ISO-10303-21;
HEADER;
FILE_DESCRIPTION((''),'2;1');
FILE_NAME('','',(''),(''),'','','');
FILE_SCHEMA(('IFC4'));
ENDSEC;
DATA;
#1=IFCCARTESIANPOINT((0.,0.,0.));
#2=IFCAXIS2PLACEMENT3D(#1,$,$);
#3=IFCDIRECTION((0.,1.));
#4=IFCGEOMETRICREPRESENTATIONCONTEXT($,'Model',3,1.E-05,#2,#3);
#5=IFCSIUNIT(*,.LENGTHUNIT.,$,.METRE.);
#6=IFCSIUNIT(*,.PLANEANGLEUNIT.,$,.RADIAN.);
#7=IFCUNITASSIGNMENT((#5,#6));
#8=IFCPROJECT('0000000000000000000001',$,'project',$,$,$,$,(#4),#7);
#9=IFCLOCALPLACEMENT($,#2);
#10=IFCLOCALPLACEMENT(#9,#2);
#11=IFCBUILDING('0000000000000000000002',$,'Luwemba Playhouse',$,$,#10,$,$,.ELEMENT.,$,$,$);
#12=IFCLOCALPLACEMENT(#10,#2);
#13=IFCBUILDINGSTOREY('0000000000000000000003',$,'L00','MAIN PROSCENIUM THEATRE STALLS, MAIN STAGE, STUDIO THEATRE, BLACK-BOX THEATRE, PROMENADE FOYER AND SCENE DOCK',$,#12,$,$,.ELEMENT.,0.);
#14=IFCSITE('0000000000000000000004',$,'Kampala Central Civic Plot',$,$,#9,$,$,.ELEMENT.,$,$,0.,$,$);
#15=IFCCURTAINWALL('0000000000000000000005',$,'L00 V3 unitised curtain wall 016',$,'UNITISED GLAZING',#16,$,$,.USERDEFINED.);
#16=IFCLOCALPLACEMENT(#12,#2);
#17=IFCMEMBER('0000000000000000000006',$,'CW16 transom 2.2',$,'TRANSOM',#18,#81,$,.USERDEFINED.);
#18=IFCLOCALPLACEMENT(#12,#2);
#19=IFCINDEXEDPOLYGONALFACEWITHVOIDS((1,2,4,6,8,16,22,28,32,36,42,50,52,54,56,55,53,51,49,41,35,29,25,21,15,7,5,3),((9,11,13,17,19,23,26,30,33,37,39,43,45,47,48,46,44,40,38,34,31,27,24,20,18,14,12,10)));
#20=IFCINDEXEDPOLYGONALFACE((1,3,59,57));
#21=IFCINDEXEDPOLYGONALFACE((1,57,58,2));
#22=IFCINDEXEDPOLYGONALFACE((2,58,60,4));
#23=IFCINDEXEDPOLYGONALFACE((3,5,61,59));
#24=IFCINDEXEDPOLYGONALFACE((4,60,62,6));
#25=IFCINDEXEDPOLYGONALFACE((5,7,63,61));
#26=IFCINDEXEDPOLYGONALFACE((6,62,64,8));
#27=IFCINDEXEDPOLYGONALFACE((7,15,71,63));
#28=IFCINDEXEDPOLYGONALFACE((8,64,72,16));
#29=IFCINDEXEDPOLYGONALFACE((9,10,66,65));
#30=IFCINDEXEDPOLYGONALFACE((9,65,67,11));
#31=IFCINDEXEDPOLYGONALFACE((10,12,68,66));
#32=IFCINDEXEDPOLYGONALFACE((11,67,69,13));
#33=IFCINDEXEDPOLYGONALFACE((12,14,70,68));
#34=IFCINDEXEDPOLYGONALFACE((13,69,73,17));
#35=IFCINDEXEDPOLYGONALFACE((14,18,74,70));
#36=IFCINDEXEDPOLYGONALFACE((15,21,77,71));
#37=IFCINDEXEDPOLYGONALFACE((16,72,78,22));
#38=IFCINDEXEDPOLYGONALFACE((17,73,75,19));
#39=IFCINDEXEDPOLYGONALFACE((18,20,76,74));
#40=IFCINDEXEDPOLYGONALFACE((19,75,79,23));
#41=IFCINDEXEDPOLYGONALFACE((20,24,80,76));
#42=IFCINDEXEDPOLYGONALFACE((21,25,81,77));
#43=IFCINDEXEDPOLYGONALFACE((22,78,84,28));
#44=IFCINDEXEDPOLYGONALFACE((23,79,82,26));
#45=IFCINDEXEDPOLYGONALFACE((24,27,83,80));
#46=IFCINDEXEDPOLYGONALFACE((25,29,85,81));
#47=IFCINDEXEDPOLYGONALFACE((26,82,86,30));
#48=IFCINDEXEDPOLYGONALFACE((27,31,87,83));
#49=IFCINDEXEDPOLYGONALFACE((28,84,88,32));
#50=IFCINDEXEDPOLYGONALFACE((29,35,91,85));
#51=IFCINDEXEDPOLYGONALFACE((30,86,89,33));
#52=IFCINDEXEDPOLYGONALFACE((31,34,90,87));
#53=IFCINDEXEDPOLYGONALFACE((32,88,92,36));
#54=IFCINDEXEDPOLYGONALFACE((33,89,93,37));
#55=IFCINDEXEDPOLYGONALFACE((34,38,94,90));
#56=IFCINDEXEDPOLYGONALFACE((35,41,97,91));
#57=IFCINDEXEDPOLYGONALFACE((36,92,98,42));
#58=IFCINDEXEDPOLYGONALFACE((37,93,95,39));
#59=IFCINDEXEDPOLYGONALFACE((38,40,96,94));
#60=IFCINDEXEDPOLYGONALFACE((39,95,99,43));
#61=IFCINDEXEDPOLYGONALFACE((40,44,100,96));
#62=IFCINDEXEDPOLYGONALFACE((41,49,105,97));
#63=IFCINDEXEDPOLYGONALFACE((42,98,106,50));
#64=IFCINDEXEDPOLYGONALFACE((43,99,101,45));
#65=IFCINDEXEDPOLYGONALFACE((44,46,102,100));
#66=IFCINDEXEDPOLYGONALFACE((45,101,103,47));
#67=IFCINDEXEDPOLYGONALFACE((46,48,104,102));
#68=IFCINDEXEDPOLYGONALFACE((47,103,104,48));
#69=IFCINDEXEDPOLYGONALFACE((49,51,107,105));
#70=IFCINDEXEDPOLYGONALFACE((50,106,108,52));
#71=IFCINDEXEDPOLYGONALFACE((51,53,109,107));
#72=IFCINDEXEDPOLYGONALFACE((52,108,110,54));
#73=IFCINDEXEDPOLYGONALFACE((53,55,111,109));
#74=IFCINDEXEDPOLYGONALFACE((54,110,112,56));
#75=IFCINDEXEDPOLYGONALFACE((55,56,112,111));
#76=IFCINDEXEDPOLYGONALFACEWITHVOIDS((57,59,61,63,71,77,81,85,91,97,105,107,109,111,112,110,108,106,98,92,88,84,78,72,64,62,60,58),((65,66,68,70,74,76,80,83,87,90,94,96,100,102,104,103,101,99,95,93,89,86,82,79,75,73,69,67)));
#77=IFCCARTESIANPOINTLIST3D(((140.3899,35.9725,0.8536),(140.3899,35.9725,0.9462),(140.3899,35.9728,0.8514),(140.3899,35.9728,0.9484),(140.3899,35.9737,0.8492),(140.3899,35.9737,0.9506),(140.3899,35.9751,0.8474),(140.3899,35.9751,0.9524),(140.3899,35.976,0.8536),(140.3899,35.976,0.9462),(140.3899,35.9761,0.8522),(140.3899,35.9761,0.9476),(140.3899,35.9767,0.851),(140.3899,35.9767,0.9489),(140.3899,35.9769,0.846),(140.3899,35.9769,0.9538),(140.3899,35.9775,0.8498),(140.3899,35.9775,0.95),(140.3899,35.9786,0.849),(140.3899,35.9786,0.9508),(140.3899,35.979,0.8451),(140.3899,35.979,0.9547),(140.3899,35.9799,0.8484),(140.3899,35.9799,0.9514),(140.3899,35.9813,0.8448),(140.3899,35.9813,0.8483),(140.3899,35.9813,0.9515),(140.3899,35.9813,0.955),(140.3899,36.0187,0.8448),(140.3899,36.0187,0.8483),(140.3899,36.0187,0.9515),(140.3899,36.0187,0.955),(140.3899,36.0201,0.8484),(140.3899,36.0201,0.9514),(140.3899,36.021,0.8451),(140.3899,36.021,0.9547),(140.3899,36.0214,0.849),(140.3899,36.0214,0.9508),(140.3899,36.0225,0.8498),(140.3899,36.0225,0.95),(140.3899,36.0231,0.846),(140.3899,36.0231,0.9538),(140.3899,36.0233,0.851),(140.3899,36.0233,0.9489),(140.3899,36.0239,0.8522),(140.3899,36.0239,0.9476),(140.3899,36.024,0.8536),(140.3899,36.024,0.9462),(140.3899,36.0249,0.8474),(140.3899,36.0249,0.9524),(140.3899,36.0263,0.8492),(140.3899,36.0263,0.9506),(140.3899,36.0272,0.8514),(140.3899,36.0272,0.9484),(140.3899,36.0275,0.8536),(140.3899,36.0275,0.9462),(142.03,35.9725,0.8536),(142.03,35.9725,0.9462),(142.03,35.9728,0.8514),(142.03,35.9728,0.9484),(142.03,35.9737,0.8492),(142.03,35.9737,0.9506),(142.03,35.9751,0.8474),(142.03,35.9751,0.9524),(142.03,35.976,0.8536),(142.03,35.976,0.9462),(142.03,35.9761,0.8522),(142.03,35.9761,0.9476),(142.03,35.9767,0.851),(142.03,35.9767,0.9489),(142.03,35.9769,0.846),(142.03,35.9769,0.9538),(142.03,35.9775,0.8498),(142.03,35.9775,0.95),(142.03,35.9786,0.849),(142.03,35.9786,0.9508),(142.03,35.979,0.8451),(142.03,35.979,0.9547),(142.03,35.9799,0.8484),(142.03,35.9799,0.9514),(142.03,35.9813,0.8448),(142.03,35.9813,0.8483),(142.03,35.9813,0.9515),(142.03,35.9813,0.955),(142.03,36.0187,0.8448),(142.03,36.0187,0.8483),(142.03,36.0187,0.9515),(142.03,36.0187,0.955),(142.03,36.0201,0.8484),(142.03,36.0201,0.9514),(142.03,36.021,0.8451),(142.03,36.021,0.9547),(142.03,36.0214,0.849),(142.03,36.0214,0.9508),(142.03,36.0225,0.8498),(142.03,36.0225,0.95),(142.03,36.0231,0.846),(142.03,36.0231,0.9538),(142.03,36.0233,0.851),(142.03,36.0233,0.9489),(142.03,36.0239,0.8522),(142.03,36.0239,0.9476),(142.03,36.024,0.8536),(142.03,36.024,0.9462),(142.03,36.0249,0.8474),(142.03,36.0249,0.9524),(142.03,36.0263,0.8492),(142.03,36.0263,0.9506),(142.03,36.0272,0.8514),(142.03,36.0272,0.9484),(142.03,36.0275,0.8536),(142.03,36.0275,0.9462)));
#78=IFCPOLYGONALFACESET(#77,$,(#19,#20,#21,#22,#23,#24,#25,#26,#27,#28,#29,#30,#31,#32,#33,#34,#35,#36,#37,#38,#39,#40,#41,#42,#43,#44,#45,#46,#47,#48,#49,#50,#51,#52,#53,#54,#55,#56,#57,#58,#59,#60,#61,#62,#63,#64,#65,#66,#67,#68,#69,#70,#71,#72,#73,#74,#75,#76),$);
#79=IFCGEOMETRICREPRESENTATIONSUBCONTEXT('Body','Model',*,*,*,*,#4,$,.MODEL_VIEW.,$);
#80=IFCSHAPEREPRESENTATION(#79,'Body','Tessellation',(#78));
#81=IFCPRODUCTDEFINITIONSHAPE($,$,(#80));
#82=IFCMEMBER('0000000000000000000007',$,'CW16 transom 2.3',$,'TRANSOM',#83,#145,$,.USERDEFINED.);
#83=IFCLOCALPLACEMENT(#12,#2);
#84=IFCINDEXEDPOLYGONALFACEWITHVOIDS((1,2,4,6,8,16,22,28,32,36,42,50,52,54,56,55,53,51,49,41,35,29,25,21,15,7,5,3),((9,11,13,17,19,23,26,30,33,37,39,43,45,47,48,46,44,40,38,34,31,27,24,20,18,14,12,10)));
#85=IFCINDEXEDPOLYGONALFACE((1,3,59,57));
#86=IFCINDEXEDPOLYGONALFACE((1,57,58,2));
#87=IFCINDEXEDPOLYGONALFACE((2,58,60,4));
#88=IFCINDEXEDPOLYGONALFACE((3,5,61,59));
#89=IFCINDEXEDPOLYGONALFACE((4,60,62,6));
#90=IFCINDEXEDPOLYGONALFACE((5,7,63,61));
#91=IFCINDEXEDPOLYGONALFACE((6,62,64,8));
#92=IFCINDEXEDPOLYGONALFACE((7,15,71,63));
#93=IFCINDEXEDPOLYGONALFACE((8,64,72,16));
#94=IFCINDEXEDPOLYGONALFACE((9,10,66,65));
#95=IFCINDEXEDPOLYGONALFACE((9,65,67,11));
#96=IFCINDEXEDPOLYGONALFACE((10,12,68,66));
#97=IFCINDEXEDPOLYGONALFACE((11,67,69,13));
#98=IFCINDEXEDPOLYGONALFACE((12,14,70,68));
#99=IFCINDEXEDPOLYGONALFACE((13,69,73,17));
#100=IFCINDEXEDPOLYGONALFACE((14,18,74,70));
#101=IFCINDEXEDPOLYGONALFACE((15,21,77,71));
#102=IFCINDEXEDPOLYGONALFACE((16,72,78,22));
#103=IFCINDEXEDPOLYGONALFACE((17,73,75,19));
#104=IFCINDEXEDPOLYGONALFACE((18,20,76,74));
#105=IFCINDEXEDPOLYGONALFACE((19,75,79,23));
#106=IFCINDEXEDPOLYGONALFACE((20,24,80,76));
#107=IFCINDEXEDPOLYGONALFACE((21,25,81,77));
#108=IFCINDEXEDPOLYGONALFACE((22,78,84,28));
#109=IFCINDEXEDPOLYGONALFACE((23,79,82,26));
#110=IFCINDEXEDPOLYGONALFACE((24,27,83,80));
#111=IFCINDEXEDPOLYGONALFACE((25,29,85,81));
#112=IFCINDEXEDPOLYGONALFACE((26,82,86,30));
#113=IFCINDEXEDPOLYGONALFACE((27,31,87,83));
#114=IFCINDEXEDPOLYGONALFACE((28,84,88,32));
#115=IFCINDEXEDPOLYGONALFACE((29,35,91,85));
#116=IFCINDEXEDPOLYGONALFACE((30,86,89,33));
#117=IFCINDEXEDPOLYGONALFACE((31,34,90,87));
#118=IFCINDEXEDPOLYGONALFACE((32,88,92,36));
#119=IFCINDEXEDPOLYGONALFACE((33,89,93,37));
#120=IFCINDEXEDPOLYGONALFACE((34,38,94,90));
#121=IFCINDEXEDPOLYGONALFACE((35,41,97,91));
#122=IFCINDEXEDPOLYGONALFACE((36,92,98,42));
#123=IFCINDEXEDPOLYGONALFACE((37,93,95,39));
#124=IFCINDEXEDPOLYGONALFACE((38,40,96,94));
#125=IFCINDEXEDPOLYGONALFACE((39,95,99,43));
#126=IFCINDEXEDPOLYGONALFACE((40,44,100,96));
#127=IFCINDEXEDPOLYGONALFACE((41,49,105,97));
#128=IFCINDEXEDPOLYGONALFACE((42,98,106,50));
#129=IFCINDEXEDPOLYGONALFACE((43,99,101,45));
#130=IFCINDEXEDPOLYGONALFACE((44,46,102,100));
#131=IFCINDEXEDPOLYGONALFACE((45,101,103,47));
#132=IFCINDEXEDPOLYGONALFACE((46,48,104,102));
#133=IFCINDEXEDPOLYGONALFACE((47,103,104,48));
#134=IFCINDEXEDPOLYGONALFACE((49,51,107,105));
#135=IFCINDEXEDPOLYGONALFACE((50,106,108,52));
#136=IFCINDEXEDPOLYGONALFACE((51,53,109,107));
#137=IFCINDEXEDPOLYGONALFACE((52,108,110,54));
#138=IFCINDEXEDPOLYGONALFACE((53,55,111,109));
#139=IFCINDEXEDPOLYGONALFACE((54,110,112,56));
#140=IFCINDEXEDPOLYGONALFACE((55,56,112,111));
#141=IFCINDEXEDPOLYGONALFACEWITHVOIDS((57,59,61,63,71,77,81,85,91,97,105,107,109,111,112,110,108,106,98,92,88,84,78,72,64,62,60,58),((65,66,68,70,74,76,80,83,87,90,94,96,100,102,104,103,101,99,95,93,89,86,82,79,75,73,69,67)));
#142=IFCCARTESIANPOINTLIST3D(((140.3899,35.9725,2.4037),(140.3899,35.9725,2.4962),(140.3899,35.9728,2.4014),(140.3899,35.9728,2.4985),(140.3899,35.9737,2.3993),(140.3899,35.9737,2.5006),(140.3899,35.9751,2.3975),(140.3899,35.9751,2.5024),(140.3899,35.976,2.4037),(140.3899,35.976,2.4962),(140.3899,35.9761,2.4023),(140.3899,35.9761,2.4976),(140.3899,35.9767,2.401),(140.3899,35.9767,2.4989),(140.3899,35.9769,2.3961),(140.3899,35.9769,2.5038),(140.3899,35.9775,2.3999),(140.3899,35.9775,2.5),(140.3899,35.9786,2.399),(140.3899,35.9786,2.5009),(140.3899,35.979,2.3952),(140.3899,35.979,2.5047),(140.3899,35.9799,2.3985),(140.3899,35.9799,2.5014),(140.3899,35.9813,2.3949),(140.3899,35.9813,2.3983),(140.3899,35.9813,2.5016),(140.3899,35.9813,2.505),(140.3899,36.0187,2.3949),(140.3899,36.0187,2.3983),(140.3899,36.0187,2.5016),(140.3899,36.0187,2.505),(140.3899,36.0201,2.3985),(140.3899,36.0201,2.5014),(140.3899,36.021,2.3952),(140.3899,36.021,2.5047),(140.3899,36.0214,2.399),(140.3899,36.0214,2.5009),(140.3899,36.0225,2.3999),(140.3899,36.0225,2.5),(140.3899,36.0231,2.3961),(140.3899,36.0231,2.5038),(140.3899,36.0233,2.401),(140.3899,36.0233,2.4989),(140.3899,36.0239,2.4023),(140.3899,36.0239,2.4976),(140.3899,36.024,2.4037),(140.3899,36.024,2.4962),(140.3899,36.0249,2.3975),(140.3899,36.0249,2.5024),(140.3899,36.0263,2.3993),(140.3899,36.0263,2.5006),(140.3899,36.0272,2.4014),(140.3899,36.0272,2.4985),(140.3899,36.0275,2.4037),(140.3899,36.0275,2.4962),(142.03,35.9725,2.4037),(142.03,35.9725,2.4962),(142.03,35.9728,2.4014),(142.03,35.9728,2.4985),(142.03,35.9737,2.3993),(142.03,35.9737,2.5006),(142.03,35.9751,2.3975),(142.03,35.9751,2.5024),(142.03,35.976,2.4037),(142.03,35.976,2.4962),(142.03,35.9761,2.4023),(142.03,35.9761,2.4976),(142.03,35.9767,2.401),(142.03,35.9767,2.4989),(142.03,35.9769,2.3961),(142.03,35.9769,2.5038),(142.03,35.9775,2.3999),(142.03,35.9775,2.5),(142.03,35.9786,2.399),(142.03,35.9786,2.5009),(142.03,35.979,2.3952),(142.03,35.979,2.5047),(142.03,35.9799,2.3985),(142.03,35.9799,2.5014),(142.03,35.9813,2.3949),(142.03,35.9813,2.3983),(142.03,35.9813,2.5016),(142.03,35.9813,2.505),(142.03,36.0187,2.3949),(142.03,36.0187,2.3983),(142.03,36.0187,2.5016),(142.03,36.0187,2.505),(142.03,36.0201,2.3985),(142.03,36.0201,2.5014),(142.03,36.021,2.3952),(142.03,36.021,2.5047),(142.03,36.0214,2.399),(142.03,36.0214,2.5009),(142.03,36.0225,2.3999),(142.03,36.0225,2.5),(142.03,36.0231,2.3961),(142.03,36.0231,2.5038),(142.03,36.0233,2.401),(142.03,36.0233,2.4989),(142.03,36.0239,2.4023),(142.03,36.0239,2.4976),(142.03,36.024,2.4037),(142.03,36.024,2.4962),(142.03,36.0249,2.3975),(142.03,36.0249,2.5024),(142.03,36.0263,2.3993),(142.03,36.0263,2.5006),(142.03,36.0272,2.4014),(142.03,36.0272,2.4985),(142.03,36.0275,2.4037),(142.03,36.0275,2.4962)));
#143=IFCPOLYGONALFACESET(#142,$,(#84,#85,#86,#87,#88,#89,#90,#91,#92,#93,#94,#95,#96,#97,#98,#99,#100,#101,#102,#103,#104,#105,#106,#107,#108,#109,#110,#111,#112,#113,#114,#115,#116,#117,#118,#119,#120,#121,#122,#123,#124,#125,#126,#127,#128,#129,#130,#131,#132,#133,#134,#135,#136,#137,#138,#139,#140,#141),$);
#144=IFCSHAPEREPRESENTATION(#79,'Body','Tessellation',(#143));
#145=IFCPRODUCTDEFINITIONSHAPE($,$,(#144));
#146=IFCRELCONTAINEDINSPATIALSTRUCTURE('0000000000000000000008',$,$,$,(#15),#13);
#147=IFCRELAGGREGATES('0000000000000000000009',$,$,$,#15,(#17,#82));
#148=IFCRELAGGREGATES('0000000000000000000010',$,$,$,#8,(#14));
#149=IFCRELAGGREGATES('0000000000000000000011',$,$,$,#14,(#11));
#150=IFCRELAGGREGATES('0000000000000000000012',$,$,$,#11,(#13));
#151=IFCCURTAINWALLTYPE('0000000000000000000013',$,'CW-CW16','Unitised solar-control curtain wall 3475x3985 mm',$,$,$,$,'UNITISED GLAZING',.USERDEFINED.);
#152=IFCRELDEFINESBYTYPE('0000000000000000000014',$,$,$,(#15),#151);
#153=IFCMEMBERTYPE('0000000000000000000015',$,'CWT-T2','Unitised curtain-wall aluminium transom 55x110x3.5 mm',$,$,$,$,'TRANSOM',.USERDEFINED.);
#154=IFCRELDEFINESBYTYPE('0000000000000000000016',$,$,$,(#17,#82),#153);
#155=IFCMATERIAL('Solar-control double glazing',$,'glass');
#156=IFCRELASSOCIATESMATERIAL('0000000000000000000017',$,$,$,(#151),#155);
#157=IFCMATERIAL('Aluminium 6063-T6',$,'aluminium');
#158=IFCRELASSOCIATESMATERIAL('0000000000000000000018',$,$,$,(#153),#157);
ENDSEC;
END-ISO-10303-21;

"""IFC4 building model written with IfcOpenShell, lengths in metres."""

from ifc_helpers import new_model, si_unit, direction, frame, origin, origin_2d, place, context, subcontext, project, spatial, hollow_rectangle, extrude, material, material_profile, profile_set, type_object, element, aggregate, save


model = new_model("IFC4")

# Units and contexts
model_context = context("Model", 3, precision=1e-05, world=origin(), true_north=direction((0.0, 1.0)))
body_context = subcontext(model_context, "Body", "Model", "MODEL_VIEW")
ifc_project = project(units=[si_unit("LENGTHUNIT", "METRE"), si_unit("PLANEANGLEUNIT", "RADIAN")], contexts=[model_context])

# Site, building, storey
site_placement = place(None, origin())
site = spatial("IfcSite", under=ifc_project, at=site_placement, Name="Kampala Central Civic Plot", CompositionType="ELEMENT", RefElevation=0.0)
building_placement = place(site_placement, origin())
building = spatial("IfcBuilding", under=site, at=building_placement, Name="Luwemba Playhouse", CompositionType="ELEMENT")
storey_placement = place(building_placement, origin())
storey = spatial("IfcBuildingStorey", under=building, at=storey_placement, Name="L00", Description="MAIN PROSCENIUM THEATRE STALLS, MAIN STAGE, STUDIO THEATRE, BLACK-BOX THEATRE, PROMENADE FOYER AND SCENE DOCK", CompositionType="ELEMENT", Elevation=0.0)

# Curtain wall
ifc_material_1 = material(Name="Solar-control double glazing", Category="glass")
curtain_wall_type_1 = type_object("IfcCurtainWallType", Name="CW-CW16", Description="Unitised solar-control curtain wall 3475x3985 mm", ElementType="UNITISED GLAZING", PredefinedType="USERDEFINED", material=ifc_material_1)
curtain_wall_1_placement = place(storey_placement, origin())
curtain_wall_1 = element("IfcCurtainWall", 1, at=curtain_wall_1_placement, inside=storey, type_object=curtain_wall_type_1, Name="L00 V3 unitised curtain wall 016", ObjectType="UNITISED GLAZING", PredefinedType="USERDEFINED")
ifc_material_2 = material(Name="Aluminium 6063-T6", Category="aluminium")

# Members
ifc_material_profile_1 = material_profile(ifc_material_2, hollow_rectangle(XDim=0.0549, YDim=0.1101, WallThickness=0.0034, InnerFilletRadius=0.0054, OuterFilletRadius=0.0088, at=origin_2d()))
ifc_profile_set_1 = profile_set([ifc_material_profile_1], Name="Aluminium 6063-T6")
member_type_1 = type_object("IfcMemberType", Name="CWT-T2", Description="Unitised curtain-wall aluminium transom 55x110x3.5 mm", ElementType="TRANSOM", PredefinedType="USERDEFINED", material=ifc_profile_set_1)
member_1_placement = place(storey_placement, frame((142.03, 36.0, 0.8999), z_axis=(-1.0, 0.0, 0.0), x_axis=(0.0, -1.0, 0.0)))
member_1 = element("IfcMember", 2, at=member_1_placement, type_object=member_type_1, Name="CW16 transom 2.2", ObjectType="TRANSOM", PredefinedType="USERDEFINED", context=body_context, shape_type="SweptSolid", body=[
    extrude(hollow_rectangle(XDim=0.0549, YDim=0.1101, WallThickness=0.0034, InnerFilletRadius=0.0054, OuterFilletRadius=0.0088, at=origin_2d()), origin(), (0.0, 0.0, 1.0), 1.6401),
])
member_2_placement = place(storey_placement, frame((142.03, 36.0, 2.45), z_axis=(-1.0, 0.0, 0.0), x_axis=(0.0, -1.0, 0.0)))
member_2 = element("IfcMember", 3, at=member_2_placement, type_object=member_type_1, Name="CW16 transom 2.3", ObjectType="TRANSOM", PredefinedType="USERDEFINED", context=body_context, shape_type="SweptSolid", body=[
    extrude(hollow_rectangle(XDim=0.0549, YDim=0.1101, WallThickness=0.0034, InnerFilletRadius=0.0054, OuterFilletRadius=0.0088, at=origin_2d()), origin(), (0.0, 0.0, 1.0), 1.6401),
])

aggregate(curtain_wall_1, [member_1, member_2])

save(model, "model.ifc")
